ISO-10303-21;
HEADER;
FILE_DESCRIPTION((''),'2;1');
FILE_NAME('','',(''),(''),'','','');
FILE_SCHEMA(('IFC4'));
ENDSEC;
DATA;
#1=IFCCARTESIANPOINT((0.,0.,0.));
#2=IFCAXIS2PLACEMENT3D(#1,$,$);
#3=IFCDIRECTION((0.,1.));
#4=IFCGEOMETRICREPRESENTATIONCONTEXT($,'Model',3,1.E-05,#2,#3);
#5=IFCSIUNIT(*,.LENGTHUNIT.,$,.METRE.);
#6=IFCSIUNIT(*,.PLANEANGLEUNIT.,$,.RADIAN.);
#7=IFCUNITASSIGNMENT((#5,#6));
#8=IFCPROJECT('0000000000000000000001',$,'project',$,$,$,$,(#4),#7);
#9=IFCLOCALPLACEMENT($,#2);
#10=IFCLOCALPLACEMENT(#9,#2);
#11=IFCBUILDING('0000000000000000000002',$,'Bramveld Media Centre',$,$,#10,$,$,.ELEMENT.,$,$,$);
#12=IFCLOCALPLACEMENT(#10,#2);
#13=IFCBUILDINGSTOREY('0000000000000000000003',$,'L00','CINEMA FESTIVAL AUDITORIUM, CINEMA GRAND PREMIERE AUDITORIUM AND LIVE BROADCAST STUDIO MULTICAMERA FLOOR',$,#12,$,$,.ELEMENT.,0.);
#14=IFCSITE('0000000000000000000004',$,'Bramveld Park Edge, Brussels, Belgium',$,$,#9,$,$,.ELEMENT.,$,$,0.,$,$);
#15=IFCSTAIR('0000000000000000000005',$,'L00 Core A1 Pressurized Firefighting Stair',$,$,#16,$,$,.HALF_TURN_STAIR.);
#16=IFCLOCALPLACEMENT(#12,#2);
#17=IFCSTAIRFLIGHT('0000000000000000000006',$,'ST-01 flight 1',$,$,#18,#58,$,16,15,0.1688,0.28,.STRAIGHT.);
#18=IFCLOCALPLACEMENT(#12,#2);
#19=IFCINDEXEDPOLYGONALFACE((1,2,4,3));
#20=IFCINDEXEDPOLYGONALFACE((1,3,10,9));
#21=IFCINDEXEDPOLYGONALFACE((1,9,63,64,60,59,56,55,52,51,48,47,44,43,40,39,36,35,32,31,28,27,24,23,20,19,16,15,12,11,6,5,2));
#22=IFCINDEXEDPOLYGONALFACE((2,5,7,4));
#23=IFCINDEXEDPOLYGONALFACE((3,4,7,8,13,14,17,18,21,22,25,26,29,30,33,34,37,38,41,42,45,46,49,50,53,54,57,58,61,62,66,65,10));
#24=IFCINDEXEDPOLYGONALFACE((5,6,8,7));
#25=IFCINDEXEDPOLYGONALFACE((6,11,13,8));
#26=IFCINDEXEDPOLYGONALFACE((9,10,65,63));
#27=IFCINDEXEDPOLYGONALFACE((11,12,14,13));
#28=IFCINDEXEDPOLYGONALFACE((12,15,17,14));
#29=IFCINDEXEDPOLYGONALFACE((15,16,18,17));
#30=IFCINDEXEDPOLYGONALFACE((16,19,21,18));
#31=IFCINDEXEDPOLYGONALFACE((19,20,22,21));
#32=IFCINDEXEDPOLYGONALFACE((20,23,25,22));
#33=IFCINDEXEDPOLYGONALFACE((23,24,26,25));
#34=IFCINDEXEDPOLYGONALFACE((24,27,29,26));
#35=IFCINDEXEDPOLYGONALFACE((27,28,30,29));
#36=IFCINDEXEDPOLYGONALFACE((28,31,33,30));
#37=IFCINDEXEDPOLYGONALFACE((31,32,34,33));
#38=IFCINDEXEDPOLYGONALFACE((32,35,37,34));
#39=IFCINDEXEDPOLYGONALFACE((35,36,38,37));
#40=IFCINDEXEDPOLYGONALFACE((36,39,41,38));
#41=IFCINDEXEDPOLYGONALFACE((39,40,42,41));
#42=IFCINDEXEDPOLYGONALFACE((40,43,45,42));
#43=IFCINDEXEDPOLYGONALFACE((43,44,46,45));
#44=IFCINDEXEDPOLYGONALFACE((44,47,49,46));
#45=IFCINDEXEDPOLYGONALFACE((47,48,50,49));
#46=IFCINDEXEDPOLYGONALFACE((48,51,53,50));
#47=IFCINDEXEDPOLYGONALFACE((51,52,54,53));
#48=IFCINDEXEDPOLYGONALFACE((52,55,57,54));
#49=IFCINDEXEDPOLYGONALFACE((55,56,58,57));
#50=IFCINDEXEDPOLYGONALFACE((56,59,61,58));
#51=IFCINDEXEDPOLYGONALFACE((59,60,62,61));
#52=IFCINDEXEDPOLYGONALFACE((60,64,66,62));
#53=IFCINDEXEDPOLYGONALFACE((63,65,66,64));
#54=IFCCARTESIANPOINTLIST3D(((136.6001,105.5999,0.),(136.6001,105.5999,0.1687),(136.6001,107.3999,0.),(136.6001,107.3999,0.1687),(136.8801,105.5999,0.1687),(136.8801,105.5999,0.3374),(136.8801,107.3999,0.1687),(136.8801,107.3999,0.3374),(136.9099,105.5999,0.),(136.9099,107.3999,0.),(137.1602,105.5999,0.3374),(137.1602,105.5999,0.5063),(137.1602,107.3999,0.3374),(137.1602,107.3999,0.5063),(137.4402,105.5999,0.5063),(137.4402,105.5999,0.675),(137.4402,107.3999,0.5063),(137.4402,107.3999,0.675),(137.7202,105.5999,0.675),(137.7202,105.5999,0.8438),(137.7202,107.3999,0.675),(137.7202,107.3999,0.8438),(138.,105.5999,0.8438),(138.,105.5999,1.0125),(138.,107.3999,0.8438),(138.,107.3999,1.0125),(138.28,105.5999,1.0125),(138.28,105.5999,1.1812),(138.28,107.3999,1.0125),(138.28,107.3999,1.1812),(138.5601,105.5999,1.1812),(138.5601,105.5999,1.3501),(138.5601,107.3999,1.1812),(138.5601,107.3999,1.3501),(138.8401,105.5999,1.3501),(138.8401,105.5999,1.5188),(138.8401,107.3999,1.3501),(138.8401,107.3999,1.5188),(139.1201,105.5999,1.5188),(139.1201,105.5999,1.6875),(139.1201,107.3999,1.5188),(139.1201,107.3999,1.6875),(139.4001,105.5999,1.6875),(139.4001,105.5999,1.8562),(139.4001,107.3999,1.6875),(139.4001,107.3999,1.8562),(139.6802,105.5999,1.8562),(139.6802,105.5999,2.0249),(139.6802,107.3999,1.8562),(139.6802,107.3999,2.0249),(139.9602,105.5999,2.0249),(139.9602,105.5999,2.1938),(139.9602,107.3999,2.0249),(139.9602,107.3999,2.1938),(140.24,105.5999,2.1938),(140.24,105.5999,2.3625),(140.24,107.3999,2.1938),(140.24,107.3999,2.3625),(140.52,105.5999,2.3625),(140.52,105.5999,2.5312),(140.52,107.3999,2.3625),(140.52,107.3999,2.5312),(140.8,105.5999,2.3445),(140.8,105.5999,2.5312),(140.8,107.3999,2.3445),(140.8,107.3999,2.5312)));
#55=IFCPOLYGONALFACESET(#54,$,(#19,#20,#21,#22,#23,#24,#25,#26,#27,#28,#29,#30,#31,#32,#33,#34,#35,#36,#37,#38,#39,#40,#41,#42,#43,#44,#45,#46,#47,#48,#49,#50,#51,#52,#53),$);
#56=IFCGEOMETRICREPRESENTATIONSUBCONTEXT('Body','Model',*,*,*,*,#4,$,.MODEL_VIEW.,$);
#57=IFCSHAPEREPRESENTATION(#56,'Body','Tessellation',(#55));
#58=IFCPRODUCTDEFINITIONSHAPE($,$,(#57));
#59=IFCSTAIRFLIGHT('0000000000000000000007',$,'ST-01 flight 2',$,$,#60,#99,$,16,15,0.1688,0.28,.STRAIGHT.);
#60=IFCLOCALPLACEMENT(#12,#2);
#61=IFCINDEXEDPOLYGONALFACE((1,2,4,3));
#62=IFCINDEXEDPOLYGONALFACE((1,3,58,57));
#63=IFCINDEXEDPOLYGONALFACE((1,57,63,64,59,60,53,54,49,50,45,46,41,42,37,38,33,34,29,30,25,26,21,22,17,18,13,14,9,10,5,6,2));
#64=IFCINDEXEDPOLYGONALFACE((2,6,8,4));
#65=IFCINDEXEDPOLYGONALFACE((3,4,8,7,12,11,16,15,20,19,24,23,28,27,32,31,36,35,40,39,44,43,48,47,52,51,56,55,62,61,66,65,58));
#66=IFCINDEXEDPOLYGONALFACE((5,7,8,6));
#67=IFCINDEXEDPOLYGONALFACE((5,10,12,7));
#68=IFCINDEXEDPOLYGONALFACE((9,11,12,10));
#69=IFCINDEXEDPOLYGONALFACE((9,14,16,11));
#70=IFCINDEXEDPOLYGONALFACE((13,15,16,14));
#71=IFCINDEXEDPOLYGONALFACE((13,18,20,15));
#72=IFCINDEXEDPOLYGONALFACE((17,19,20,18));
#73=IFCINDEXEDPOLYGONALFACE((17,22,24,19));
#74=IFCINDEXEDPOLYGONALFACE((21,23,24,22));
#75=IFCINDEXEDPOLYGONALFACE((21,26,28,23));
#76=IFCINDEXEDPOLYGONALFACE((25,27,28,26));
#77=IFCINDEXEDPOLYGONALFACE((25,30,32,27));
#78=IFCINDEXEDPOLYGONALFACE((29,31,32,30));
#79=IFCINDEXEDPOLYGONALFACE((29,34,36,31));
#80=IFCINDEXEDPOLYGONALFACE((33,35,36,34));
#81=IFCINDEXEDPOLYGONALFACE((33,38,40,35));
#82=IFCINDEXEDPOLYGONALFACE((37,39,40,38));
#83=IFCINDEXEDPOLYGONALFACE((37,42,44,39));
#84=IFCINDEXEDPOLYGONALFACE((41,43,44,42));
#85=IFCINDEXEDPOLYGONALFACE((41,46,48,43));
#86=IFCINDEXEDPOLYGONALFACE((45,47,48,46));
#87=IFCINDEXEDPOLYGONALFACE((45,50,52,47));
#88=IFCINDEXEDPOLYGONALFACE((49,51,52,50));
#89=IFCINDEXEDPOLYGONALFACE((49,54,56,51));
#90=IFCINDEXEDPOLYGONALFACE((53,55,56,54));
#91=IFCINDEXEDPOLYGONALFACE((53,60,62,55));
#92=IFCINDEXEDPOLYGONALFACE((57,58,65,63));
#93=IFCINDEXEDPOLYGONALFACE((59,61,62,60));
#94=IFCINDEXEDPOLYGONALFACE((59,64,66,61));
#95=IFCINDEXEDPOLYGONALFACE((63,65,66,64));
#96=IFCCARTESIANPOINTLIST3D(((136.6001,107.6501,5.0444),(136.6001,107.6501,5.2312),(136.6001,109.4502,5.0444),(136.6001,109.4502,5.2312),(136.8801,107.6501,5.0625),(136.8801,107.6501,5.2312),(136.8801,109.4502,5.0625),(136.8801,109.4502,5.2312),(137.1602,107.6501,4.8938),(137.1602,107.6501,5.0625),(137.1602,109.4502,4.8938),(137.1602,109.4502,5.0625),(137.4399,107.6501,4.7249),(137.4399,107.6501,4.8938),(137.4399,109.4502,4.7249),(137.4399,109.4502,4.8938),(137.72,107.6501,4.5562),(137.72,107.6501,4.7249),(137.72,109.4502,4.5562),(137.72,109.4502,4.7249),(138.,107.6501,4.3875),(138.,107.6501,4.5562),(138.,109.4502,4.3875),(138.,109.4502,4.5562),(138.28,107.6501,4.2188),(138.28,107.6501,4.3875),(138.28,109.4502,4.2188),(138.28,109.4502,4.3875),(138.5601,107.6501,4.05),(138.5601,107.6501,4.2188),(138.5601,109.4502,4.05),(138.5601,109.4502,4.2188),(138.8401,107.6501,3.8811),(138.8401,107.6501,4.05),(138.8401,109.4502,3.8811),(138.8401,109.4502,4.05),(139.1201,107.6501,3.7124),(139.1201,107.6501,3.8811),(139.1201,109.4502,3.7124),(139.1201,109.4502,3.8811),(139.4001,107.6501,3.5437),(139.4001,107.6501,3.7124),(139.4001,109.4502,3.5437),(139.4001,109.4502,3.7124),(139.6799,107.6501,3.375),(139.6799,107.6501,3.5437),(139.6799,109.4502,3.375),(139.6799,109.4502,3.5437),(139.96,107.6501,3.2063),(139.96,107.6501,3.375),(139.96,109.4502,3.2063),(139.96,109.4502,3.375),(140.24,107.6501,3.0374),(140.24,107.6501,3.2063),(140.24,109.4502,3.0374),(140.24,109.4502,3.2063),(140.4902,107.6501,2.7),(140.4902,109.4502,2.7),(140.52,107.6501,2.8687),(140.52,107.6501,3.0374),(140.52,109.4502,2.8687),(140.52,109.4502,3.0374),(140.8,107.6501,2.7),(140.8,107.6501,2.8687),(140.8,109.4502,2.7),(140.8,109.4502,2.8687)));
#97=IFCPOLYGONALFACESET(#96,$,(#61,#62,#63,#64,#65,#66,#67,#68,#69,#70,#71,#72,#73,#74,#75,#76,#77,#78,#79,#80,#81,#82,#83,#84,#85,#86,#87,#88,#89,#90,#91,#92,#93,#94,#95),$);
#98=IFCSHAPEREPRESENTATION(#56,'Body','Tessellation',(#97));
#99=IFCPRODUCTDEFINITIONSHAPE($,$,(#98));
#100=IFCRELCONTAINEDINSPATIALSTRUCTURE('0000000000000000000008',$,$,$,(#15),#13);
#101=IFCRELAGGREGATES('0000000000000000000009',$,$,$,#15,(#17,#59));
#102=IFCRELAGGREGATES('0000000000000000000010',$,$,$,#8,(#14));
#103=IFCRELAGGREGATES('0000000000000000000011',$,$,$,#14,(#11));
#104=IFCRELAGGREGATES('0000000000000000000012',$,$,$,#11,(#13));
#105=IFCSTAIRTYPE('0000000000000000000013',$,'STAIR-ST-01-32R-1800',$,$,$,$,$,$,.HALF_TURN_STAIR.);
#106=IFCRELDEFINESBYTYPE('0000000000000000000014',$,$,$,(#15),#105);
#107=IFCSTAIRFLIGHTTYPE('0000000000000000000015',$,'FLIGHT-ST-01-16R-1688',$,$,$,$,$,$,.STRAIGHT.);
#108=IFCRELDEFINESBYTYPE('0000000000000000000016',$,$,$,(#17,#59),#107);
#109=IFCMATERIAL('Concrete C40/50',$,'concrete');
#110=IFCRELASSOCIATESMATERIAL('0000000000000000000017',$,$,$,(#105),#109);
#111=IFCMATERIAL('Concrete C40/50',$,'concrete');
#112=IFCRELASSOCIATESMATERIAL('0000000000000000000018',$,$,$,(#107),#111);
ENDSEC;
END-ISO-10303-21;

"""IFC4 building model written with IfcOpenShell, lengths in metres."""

from ifc_helpers import new_model, si_unit, direction, frame, origin, place, context, subcontext, project, spatial, polyline, outline, extrude, material, type_object, element, aggregate, save


model = new_model("IFC4")

# Units and contexts
model_context = context("Model", 3, precision=1e-05, world=origin(), true_north=direction((0.0, 1.0)))
body_context = subcontext(model_context, "Body", "Model", "MODEL_VIEW")
ifc_project = project(units=[si_unit("LENGTHUNIT", "METRE"), si_unit("PLANEANGLEUNIT", "RADIAN")], contexts=[model_context])

# Site, building, storey
site_placement = place(None, origin())
site = spatial("IfcSite", under=ifc_project, at=site_placement, Name="Bramveld Park Edge, Brussels, Belgium", CompositionType="ELEMENT", RefElevation=0.0)
building_placement = place(site_placement, origin())
building = spatial("IfcBuilding", under=site, at=building_placement, Name="Bramveld Media Centre", CompositionType="ELEMENT")
storey_placement = place(building_placement, origin())
storey = spatial("IfcBuildingStorey", under=building, at=storey_placement, Name="L00", Description="CINEMA FESTIVAL AUDITORIUM, CINEMA GRAND PREMIERE AUDITORIUM AND LIVE BROADCAST STUDIO MULTICAMERA FLOOR", CompositionType="ELEMENT", Elevation=0.0)

# Stair, stair flights
ifc_material_1 = material(Name="Concrete C40/50", Category="concrete")
stair_type = type_object("IfcStairType", Name="STAIR-ST-01-32R-1800", PredefinedType="HALF_TURN_STAIR", material=ifc_material_1)
stair_placement = place(storey_placement, origin())
stair = element("IfcStair", 1, at=stair_placement, inside=storey, type_object=stair_type, Name="L00 Core A1 Pressurized Firefighting Stair", PredefinedType="HALF_TURN_STAIR")
ifc_material_2 = material(Name="Concrete C40/50", Category="concrete")
stair_flight_type = type_object("IfcStairFlightType", Name="FLIGHT-ST-01-16R-1688", PredefinedType="STRAIGHT", material=ifc_material_2)
stair_flight_1_placement = place(storey_placement, frame((136.6001, 106.5, 0.0), z_axis=(0.0, 0.0, 1.0), x_axis=(1.0, 0.0, 0.0)))
stair_flight_1 = element("IfcStairFlight", 2, at=stair_flight_1_placement, type_object=stair_flight_type, Name="ST-01 flight 1", NumberOfRisers=16, NumberOfTreads=15, PredefinedType="STRAIGHT", RiserHeight=0.1688, TreadLength=0.28, context=body_context, shape_type="SweptSolid", body=[
    extrude(outline(polyline([(0.0, 0.0), (0.0, 0.1687), (0.28, 0.1687), (0.28, 0.3374), (0.5601, 0.3374), (0.5601, 0.5063), (0.8401, 0.5063), (0.8401, 0.675), (1.1201, 0.675), (1.1201, 0.8438), (1.3999, 0.8438), (1.3999, 1.0125), (1.6799, 1.0125), (1.6799, 1.1812), (1.96, 1.1812), (1.96, 1.3501), (2.24, 1.3501), (2.24, 1.5188), (2.52, 1.5188), (2.52, 1.6875), (2.8, 1.6875), (2.8, 1.8562), (3.0801, 1.8562), (3.0801, 2.0249), (3.3601, 2.0249), (3.3601, 2.1938), (3.6399, 2.1938), (3.6399, 2.3625), (3.9199, 2.3625), (3.9199, 2.5312), (4.2, 2.5312), (4.2, 2.7), (4.2, 2.3445), (0.3098, 0.0), (0.0, 0.0)])), frame((0.0, 0.8999, 0.0), z_axis=(0.0, -1.0, 0.0), x_axis=(1.0, 0.0, 0.0)), (0.0, 0.0, 1.0), 1.8),
])
stair_flight_2_placement = place(storey_placement, frame((140.8, 108.55, 2.7), z_axis=(0.0, 0.0, 1.0), x_axis=(-1.0, 0.0, 0.0)))
stair_flight_2 = element("IfcStairFlight", 3, at=stair_flight_2_placement, type_object=stair_flight_type, Name="ST-01 flight 2", NumberOfRisers=16, NumberOfTreads=15, PredefinedType="STRAIGHT", RiserHeight=0.1688, TreadLength=0.28, context=body_context, shape_type="SweptSolid", body=[
    extrude(outline(polyline([(0.0, 0.0), (0.0, 0.1687), (0.28, 0.1687), (0.28, 0.3374), (0.5601, 0.3374), (0.5601, 0.5063), (0.8401, 0.5063), (0.8401, 0.675), (1.1201, 0.675), (1.1201, 0.8438), (1.3999, 0.8438), (1.3999, 1.0125), (1.6799, 1.0125), (1.6799, 1.1812), (1.96, 1.1812), (1.96, 1.3501), (2.24, 1.3501), (2.24, 1.5188), (2.52, 1.5188), (2.52, 1.6875), (2.8, 1.6875), (2.8, 1.8562), (3.0801, 1.8562), (3.0801, 2.0249), (3.3601, 2.0249), (3.3601, 2.1938), (3.6399, 2.1938), (3.6399, 2.3625), (3.9199, 2.3625), (3.9199, 2.5312), (4.2, 2.5312), (4.2, 2.7), (4.2, 2.3445), (0.3098, 0.0), (0.0, 0.0)])), frame((0.0, 0.8999, 0.0), z_axis=(0.0, -1.0, 0.0), x_axis=(1.0, 0.0, 0.0)), (0.0, 0.0, 1.0), 1.8),
])
aggregate(stair, [stair_flight_1, stair_flight_2])

save(model, "model.ifc")
